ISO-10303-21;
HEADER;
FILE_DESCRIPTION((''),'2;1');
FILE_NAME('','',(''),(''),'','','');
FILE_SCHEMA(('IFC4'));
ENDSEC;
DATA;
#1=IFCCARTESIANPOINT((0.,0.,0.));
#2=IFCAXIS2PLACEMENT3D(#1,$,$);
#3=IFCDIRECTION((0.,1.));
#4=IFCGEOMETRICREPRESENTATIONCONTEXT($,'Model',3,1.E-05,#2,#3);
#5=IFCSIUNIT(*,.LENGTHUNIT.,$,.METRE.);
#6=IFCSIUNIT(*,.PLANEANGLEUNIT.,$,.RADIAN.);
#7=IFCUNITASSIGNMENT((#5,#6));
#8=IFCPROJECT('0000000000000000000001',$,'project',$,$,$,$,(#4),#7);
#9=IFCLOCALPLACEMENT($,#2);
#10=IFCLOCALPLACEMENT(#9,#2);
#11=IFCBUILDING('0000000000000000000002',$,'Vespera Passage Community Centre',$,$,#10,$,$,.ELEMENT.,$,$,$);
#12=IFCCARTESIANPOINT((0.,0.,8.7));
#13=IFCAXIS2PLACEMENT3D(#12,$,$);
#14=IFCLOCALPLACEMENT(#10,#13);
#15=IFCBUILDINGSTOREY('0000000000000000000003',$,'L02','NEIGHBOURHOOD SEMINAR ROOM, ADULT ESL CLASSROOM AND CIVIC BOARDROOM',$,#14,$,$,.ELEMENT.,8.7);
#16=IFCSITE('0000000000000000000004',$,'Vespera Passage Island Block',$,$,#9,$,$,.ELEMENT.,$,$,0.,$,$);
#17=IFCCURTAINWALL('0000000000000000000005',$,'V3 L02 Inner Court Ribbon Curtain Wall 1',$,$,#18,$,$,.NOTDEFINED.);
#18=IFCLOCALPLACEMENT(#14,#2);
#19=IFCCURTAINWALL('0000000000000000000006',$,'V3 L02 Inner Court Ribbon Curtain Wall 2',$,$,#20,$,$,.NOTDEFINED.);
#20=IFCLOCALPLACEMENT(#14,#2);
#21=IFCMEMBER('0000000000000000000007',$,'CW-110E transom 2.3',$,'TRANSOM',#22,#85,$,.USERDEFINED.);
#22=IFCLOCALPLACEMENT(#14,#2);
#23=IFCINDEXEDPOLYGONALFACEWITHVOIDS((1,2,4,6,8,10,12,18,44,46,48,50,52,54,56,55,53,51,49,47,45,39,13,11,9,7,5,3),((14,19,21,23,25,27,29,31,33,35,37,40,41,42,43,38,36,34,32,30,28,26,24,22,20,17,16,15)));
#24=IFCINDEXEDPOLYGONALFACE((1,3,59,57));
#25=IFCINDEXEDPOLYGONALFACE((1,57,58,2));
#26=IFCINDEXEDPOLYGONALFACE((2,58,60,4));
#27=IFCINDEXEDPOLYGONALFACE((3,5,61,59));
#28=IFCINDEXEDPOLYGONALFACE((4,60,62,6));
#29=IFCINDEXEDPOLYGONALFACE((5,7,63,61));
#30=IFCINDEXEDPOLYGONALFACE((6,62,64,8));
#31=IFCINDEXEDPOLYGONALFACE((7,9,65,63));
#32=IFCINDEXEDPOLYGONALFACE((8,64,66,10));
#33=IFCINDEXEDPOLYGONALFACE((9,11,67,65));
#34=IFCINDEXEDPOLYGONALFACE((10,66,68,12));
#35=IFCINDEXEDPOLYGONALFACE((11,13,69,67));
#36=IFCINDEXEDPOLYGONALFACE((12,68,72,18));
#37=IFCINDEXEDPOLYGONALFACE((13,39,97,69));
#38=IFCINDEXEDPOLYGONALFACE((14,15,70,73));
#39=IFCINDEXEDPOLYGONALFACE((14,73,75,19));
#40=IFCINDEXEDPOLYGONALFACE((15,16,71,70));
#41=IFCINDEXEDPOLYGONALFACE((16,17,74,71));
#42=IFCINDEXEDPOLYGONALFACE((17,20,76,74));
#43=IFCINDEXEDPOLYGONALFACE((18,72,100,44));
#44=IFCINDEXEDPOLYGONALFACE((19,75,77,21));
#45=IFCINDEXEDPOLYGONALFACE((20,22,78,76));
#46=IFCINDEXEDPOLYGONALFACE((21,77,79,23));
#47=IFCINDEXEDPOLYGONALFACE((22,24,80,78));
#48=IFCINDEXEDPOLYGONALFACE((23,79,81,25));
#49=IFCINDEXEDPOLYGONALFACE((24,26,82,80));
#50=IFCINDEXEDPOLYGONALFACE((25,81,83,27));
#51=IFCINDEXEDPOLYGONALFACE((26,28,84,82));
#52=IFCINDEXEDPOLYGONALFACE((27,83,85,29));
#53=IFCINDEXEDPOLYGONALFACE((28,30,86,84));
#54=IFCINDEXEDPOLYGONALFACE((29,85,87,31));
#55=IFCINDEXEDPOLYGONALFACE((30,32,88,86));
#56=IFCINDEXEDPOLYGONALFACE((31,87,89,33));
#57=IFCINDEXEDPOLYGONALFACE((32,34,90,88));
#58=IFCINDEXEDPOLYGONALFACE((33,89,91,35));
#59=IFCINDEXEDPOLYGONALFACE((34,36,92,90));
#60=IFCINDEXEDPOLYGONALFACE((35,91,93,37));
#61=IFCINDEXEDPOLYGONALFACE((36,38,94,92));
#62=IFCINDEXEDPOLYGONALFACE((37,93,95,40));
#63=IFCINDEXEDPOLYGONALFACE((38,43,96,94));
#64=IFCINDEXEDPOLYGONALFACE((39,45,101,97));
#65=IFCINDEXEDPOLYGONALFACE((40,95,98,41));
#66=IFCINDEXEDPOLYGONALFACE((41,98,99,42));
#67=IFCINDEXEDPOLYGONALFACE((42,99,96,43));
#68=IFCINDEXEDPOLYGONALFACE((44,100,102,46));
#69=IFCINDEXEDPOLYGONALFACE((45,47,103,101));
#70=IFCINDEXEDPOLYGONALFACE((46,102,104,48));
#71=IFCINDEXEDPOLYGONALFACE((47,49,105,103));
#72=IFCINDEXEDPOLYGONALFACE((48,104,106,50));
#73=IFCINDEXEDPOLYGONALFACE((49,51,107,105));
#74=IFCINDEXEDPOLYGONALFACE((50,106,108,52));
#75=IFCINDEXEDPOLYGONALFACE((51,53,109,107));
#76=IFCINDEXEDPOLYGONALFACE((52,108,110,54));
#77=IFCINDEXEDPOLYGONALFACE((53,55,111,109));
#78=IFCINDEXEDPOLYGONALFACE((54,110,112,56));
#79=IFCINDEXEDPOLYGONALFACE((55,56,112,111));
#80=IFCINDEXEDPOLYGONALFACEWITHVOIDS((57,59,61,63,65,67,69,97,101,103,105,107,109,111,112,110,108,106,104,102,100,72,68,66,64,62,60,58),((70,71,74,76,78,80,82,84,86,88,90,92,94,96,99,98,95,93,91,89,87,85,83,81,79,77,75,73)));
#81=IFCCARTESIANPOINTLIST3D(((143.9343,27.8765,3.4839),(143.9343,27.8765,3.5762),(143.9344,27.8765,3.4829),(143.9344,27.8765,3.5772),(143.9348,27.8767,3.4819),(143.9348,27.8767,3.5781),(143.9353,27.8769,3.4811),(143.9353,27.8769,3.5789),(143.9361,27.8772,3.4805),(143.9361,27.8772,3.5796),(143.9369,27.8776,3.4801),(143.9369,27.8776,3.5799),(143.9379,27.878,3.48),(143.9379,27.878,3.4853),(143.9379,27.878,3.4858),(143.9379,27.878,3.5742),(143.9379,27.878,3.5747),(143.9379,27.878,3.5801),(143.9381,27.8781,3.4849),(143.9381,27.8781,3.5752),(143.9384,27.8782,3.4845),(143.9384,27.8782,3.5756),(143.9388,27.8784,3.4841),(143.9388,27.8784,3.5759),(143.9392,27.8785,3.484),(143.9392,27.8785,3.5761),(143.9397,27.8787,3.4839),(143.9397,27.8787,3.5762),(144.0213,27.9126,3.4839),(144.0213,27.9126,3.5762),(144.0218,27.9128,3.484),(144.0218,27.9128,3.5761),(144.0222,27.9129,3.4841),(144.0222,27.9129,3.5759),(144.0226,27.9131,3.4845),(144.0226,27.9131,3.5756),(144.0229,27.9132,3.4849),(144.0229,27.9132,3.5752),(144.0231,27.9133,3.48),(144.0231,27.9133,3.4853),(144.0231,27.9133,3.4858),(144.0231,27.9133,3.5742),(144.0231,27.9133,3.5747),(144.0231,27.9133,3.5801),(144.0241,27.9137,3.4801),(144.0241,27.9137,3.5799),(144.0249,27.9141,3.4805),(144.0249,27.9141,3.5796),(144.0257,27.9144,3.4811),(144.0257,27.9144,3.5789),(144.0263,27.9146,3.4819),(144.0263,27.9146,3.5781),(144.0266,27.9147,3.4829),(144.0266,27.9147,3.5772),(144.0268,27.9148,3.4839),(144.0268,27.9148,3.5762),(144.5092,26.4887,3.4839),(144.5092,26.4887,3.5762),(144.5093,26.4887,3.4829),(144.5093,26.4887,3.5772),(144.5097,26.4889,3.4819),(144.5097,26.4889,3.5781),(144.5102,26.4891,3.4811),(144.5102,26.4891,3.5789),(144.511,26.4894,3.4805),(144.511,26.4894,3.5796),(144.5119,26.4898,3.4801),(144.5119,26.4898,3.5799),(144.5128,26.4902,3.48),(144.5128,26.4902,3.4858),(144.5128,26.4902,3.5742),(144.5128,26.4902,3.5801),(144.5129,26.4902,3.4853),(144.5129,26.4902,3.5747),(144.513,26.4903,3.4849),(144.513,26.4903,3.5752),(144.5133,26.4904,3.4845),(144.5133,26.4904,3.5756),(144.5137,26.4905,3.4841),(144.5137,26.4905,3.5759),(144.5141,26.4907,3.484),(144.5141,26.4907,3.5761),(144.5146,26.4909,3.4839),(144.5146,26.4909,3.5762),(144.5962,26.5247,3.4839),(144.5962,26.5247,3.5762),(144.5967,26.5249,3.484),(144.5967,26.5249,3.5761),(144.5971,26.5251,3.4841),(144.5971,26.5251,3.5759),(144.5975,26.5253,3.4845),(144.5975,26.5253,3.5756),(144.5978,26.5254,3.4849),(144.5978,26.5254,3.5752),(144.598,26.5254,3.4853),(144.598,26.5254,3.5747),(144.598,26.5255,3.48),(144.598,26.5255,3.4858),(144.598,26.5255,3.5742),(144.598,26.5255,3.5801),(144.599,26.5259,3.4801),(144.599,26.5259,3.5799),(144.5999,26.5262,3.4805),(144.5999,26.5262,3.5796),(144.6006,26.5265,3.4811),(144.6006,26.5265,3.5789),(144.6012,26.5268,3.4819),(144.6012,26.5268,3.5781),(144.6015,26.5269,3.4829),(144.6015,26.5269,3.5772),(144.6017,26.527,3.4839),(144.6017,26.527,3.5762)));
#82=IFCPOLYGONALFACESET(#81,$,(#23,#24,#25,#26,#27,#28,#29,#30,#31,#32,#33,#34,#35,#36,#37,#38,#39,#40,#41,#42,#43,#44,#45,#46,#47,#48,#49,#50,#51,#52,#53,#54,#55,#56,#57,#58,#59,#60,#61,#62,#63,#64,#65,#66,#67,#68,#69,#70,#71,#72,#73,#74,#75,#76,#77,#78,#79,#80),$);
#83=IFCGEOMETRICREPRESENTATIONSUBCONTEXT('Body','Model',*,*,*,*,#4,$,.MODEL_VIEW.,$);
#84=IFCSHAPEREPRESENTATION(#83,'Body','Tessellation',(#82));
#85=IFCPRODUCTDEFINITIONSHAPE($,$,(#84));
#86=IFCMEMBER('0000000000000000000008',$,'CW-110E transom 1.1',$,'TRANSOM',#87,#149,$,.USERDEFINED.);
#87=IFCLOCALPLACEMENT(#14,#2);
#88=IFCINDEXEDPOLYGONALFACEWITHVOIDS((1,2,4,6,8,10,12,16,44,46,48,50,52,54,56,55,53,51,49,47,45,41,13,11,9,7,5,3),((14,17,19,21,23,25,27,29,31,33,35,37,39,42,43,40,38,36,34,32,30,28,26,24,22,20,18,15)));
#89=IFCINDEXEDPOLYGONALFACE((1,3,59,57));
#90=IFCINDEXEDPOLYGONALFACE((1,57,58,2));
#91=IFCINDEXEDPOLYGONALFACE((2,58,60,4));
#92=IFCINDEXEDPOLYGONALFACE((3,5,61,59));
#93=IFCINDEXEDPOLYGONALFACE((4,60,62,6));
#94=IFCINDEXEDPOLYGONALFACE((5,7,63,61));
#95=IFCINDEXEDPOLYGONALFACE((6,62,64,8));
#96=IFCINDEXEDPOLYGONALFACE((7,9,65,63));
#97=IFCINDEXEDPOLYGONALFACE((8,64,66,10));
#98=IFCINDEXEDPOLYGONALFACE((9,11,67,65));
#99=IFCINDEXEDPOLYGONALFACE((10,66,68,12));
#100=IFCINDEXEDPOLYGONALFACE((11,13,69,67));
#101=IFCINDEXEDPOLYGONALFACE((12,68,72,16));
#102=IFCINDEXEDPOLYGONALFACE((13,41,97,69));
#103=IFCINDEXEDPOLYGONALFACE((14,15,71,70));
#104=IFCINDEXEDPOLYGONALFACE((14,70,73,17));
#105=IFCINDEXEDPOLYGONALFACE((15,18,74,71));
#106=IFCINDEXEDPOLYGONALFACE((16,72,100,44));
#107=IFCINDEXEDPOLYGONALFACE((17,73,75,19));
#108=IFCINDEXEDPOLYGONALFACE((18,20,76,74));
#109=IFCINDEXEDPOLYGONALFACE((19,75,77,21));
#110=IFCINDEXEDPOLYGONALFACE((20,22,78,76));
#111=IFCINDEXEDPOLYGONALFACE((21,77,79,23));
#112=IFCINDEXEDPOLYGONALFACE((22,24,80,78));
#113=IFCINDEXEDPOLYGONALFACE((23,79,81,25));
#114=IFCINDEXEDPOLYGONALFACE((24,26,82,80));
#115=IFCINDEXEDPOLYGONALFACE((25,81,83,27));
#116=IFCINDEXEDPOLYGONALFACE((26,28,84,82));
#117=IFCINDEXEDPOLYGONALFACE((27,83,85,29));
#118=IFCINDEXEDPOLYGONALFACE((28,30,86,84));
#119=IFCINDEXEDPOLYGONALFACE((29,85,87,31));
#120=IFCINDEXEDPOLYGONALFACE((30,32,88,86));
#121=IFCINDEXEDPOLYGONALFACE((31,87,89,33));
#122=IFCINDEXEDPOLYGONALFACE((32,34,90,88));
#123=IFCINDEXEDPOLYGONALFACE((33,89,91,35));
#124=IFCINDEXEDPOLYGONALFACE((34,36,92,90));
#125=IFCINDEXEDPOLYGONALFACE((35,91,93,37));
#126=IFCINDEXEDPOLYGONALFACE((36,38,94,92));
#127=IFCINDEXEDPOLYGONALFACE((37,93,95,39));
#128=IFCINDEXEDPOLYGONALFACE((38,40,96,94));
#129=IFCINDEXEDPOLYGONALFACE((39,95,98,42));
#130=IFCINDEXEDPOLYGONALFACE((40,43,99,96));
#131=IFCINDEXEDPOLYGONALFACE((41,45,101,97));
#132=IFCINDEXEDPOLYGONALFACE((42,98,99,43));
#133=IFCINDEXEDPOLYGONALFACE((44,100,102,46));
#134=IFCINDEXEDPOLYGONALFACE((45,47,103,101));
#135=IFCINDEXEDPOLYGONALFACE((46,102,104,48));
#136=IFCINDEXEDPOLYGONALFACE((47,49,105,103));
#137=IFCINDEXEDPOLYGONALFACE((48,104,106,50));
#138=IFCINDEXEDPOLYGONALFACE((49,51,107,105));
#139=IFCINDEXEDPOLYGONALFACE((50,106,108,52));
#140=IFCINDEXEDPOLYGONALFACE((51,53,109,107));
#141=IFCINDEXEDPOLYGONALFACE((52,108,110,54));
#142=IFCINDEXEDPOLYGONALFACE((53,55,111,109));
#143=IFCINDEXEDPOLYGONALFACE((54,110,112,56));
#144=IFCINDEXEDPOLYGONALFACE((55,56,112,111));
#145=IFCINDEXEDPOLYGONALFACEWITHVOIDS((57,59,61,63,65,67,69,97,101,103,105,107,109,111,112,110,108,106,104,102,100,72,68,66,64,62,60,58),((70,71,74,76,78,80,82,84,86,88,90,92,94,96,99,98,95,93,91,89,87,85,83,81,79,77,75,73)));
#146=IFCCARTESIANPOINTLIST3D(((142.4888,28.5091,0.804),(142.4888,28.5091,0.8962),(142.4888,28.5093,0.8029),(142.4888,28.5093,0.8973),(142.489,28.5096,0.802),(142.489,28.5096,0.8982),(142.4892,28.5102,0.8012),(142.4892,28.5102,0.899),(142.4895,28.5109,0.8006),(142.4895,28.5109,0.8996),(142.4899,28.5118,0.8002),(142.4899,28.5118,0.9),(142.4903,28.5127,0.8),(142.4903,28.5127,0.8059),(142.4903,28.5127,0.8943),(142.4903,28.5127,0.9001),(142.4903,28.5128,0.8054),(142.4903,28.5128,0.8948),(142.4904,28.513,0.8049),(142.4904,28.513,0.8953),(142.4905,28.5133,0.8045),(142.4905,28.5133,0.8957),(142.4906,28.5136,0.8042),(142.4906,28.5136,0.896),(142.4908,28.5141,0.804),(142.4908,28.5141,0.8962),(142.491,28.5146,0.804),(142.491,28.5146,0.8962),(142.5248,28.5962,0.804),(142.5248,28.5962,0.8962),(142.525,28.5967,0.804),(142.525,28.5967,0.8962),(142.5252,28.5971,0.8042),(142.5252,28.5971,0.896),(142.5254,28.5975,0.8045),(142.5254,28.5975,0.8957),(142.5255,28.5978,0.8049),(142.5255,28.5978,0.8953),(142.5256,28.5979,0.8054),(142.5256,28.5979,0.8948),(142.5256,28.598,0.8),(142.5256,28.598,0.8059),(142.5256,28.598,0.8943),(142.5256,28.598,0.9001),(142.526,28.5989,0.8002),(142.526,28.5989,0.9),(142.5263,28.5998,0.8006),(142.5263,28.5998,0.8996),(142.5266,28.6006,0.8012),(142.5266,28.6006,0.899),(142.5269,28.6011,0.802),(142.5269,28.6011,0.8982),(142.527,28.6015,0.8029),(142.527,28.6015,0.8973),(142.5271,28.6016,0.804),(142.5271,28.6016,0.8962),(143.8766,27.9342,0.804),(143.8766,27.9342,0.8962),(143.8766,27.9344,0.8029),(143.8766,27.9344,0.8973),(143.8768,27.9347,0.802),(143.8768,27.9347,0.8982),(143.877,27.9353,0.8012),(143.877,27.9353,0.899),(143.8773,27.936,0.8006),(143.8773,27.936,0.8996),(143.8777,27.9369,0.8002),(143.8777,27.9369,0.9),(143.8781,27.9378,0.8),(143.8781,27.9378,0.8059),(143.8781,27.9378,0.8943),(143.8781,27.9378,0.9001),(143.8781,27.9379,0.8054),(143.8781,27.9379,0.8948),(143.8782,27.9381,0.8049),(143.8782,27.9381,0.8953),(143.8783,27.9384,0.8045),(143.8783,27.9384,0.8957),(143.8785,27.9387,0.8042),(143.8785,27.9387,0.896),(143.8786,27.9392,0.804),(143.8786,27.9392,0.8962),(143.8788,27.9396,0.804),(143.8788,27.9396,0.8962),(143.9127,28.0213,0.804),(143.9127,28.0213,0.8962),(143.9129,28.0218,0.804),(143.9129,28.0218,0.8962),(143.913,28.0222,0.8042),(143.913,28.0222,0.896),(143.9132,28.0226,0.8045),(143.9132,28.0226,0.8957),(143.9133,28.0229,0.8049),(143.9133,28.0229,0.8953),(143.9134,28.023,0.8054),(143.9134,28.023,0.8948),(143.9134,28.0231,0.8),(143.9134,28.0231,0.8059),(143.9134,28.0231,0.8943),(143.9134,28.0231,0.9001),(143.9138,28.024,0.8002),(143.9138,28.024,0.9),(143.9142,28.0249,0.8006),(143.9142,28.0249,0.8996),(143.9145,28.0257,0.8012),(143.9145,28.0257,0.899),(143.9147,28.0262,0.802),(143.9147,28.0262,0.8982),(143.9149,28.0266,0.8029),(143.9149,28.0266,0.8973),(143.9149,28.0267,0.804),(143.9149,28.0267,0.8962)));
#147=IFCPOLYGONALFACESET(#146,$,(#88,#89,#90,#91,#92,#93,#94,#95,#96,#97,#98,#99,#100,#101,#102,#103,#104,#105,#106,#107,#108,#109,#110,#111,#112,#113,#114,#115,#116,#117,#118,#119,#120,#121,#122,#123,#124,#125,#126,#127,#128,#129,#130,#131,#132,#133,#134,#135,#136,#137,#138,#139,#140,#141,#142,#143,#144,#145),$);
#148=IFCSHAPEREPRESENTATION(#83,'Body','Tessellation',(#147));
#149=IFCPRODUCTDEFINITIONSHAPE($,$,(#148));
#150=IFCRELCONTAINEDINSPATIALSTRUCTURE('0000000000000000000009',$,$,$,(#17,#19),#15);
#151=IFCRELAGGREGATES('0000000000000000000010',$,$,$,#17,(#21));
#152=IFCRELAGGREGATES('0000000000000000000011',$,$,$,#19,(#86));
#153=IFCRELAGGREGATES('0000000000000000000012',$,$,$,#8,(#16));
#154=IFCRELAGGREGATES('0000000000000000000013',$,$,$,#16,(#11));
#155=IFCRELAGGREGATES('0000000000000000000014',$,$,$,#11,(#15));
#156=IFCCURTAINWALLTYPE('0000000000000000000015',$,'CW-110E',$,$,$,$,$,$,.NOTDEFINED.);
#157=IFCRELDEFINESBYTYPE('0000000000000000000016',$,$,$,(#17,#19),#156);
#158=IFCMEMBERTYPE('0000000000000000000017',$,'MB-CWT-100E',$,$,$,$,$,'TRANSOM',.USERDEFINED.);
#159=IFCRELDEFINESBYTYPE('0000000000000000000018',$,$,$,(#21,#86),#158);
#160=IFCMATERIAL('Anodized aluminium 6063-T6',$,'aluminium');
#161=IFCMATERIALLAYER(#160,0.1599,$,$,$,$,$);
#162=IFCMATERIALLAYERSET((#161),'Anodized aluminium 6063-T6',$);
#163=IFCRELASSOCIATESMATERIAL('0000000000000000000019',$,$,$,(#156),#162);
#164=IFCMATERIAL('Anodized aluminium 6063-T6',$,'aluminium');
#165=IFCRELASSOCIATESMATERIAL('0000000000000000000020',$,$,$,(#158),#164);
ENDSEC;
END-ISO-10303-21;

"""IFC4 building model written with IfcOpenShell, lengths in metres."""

from ifc_helpers import new_model, si_unit, direction, frame, origin, origin_2d, place, context, subcontext, project, spatial, hollow_rectangle, extrude, material, layer, layer_set, material_profile, profile_set, type_object, element, aggregate, save


model = new_model("IFC4")

# Units and contexts
model_context = context("Model", 3, precision=1e-05, world=origin(), true_north=direction((0.0, 1.0)))
body_context = subcontext(model_context, "Body", "Model", "MODEL_VIEW")
ifc_project = project(units=[si_unit("LENGTHUNIT", "METRE"), si_unit("PLANEANGLEUNIT", "RADIAN")], contexts=[model_context])

# Site, building, storey
site_placement = place(None, origin())
site = spatial("IfcSite", under=ifc_project, at=site_placement, Name="Vespera Passage Island Block", CompositionType="ELEMENT", RefElevation=0.0)
building_placement = place(site_placement, origin())
building = spatial("IfcBuilding", under=site, at=building_placement, Name="Vespera Passage Community Centre", CompositionType="ELEMENT")
storey_placement = place(building_placement, frame((0.0, 0.0, 8.7)))
storey = spatial("IfcBuildingStorey", under=building, at=storey_placement, Name="L02", Description="NEIGHBOURHOOD SEMINAR ROOM, ADULT ESL CLASSROOM AND CIVIC BOARDROOM", CompositionType="ELEMENT", Elevation=8.7)

# Curtain walls
ifc_material_1 = material(Name="Anodized aluminium 6063-T6", Category="aluminium")
ifc_layer_1 = layer(ifc_material_1, 0.1599)
ifc_layer_set_1 = layer_set([ifc_layer_1], Name="Anodized aluminium 6063-T6")
curtain_wall_type = type_object("IfcCurtainWallType", Name="CW-110E", PredefinedType="NOTDEFINED", material=ifc_layer_set_1)
curtain_wall_1_placement = place(storey_placement, origin())
curtain_wall_1 = element("IfcCurtainWall", 1, at=curtain_wall_1_placement, inside=storey, type_object=curtain_wall_type, Name="V3 L02 Inner Court Ribbon Curtain Wall 1", PredefinedType="NOTDEFINED")
curtain_wall_2_placement = place(storey_placement, origin())
curtain_wall_2 = element("IfcCurtainWall", 2, at=curtain_wall_2_placement, inside=storey, type_object=curtain_wall_type, Name="V3 L02 Inner Court Ribbon Curtain Wall 2", PredefinedType="NOTDEFINED")

# Members
ifc_material_2 = material(Name="Anodized aluminium 6063-T6", Category="aluminium")
ifc_material_profile_1 = material_profile(ifc_material_2, hollow_rectangle(XDim=0.1001, YDim=0.1001, WallThickness=0.0039, InnerFilletRadius=0.002, OuterFilletRadius=0.0039, at=origin_2d()), Name="ALU100X100X4")
ifc_profile_set_1 = profile_set([ifc_material_profile_1], Name="Anodized aluminium 6063-T6")
member_type_1 = type_object("IfcMemberType", Name="MB-CWT-100E", ElementType="TRANSOM", PredefinedType="USERDEFINED", material=ifc_profile_set_1)
member_1_placement = place(storey_placement, frame((144.5554, 26.5078, 3.53), z_axis=(-0.382711, 0.923868, 0.0), x_axis=(-0.923868, -0.382711, 0.0)))
member_1 = element("IfcMember", 3, at=member_1_placement, type_object=member_type_1, Name="CW-110E transom 2.3", ObjectType="TRANSOM", PredefinedType="USERDEFINED", context=body_context, shape_type="SweptSolid", body=[
    extrude(hollow_rectangle(XDim=0.1001, YDim=0.1001, WallThickness=0.0039, InnerFilletRadius=0.002, OuterFilletRadius=0.0039, at=origin_2d()), origin(), (0.0, 0.0, 1.0), 1.5022),
])
member_2_placement = place(storey_placement, frame((143.8958, 27.9805, 0.8501), z_axis=(-0.923868, 0.382711, 0.0), x_axis=(-0.382711, -0.923868, 0.0)))
member_2 = element("IfcMember", 4, at=member_2_placement, type_object=member_type_1, Name="CW-110E transom 1.1", ObjectType="TRANSOM", PredefinedType="USERDEFINED", context=body_context, shape_type="SweptSolid", body=[
    extrude(hollow_rectangle(XDim=0.1001, YDim=0.1001, WallThickness=0.0039, InnerFilletRadius=0.002, OuterFilletRadius=0.0039, at=origin_2d()), origin(), (0.0, 0.0, 1.0), 1.5022),
])

aggregate(curtain_wall_1, [member_1])
aggregate(curtain_wall_2, [member_2])

save(model, "model.ifc")
